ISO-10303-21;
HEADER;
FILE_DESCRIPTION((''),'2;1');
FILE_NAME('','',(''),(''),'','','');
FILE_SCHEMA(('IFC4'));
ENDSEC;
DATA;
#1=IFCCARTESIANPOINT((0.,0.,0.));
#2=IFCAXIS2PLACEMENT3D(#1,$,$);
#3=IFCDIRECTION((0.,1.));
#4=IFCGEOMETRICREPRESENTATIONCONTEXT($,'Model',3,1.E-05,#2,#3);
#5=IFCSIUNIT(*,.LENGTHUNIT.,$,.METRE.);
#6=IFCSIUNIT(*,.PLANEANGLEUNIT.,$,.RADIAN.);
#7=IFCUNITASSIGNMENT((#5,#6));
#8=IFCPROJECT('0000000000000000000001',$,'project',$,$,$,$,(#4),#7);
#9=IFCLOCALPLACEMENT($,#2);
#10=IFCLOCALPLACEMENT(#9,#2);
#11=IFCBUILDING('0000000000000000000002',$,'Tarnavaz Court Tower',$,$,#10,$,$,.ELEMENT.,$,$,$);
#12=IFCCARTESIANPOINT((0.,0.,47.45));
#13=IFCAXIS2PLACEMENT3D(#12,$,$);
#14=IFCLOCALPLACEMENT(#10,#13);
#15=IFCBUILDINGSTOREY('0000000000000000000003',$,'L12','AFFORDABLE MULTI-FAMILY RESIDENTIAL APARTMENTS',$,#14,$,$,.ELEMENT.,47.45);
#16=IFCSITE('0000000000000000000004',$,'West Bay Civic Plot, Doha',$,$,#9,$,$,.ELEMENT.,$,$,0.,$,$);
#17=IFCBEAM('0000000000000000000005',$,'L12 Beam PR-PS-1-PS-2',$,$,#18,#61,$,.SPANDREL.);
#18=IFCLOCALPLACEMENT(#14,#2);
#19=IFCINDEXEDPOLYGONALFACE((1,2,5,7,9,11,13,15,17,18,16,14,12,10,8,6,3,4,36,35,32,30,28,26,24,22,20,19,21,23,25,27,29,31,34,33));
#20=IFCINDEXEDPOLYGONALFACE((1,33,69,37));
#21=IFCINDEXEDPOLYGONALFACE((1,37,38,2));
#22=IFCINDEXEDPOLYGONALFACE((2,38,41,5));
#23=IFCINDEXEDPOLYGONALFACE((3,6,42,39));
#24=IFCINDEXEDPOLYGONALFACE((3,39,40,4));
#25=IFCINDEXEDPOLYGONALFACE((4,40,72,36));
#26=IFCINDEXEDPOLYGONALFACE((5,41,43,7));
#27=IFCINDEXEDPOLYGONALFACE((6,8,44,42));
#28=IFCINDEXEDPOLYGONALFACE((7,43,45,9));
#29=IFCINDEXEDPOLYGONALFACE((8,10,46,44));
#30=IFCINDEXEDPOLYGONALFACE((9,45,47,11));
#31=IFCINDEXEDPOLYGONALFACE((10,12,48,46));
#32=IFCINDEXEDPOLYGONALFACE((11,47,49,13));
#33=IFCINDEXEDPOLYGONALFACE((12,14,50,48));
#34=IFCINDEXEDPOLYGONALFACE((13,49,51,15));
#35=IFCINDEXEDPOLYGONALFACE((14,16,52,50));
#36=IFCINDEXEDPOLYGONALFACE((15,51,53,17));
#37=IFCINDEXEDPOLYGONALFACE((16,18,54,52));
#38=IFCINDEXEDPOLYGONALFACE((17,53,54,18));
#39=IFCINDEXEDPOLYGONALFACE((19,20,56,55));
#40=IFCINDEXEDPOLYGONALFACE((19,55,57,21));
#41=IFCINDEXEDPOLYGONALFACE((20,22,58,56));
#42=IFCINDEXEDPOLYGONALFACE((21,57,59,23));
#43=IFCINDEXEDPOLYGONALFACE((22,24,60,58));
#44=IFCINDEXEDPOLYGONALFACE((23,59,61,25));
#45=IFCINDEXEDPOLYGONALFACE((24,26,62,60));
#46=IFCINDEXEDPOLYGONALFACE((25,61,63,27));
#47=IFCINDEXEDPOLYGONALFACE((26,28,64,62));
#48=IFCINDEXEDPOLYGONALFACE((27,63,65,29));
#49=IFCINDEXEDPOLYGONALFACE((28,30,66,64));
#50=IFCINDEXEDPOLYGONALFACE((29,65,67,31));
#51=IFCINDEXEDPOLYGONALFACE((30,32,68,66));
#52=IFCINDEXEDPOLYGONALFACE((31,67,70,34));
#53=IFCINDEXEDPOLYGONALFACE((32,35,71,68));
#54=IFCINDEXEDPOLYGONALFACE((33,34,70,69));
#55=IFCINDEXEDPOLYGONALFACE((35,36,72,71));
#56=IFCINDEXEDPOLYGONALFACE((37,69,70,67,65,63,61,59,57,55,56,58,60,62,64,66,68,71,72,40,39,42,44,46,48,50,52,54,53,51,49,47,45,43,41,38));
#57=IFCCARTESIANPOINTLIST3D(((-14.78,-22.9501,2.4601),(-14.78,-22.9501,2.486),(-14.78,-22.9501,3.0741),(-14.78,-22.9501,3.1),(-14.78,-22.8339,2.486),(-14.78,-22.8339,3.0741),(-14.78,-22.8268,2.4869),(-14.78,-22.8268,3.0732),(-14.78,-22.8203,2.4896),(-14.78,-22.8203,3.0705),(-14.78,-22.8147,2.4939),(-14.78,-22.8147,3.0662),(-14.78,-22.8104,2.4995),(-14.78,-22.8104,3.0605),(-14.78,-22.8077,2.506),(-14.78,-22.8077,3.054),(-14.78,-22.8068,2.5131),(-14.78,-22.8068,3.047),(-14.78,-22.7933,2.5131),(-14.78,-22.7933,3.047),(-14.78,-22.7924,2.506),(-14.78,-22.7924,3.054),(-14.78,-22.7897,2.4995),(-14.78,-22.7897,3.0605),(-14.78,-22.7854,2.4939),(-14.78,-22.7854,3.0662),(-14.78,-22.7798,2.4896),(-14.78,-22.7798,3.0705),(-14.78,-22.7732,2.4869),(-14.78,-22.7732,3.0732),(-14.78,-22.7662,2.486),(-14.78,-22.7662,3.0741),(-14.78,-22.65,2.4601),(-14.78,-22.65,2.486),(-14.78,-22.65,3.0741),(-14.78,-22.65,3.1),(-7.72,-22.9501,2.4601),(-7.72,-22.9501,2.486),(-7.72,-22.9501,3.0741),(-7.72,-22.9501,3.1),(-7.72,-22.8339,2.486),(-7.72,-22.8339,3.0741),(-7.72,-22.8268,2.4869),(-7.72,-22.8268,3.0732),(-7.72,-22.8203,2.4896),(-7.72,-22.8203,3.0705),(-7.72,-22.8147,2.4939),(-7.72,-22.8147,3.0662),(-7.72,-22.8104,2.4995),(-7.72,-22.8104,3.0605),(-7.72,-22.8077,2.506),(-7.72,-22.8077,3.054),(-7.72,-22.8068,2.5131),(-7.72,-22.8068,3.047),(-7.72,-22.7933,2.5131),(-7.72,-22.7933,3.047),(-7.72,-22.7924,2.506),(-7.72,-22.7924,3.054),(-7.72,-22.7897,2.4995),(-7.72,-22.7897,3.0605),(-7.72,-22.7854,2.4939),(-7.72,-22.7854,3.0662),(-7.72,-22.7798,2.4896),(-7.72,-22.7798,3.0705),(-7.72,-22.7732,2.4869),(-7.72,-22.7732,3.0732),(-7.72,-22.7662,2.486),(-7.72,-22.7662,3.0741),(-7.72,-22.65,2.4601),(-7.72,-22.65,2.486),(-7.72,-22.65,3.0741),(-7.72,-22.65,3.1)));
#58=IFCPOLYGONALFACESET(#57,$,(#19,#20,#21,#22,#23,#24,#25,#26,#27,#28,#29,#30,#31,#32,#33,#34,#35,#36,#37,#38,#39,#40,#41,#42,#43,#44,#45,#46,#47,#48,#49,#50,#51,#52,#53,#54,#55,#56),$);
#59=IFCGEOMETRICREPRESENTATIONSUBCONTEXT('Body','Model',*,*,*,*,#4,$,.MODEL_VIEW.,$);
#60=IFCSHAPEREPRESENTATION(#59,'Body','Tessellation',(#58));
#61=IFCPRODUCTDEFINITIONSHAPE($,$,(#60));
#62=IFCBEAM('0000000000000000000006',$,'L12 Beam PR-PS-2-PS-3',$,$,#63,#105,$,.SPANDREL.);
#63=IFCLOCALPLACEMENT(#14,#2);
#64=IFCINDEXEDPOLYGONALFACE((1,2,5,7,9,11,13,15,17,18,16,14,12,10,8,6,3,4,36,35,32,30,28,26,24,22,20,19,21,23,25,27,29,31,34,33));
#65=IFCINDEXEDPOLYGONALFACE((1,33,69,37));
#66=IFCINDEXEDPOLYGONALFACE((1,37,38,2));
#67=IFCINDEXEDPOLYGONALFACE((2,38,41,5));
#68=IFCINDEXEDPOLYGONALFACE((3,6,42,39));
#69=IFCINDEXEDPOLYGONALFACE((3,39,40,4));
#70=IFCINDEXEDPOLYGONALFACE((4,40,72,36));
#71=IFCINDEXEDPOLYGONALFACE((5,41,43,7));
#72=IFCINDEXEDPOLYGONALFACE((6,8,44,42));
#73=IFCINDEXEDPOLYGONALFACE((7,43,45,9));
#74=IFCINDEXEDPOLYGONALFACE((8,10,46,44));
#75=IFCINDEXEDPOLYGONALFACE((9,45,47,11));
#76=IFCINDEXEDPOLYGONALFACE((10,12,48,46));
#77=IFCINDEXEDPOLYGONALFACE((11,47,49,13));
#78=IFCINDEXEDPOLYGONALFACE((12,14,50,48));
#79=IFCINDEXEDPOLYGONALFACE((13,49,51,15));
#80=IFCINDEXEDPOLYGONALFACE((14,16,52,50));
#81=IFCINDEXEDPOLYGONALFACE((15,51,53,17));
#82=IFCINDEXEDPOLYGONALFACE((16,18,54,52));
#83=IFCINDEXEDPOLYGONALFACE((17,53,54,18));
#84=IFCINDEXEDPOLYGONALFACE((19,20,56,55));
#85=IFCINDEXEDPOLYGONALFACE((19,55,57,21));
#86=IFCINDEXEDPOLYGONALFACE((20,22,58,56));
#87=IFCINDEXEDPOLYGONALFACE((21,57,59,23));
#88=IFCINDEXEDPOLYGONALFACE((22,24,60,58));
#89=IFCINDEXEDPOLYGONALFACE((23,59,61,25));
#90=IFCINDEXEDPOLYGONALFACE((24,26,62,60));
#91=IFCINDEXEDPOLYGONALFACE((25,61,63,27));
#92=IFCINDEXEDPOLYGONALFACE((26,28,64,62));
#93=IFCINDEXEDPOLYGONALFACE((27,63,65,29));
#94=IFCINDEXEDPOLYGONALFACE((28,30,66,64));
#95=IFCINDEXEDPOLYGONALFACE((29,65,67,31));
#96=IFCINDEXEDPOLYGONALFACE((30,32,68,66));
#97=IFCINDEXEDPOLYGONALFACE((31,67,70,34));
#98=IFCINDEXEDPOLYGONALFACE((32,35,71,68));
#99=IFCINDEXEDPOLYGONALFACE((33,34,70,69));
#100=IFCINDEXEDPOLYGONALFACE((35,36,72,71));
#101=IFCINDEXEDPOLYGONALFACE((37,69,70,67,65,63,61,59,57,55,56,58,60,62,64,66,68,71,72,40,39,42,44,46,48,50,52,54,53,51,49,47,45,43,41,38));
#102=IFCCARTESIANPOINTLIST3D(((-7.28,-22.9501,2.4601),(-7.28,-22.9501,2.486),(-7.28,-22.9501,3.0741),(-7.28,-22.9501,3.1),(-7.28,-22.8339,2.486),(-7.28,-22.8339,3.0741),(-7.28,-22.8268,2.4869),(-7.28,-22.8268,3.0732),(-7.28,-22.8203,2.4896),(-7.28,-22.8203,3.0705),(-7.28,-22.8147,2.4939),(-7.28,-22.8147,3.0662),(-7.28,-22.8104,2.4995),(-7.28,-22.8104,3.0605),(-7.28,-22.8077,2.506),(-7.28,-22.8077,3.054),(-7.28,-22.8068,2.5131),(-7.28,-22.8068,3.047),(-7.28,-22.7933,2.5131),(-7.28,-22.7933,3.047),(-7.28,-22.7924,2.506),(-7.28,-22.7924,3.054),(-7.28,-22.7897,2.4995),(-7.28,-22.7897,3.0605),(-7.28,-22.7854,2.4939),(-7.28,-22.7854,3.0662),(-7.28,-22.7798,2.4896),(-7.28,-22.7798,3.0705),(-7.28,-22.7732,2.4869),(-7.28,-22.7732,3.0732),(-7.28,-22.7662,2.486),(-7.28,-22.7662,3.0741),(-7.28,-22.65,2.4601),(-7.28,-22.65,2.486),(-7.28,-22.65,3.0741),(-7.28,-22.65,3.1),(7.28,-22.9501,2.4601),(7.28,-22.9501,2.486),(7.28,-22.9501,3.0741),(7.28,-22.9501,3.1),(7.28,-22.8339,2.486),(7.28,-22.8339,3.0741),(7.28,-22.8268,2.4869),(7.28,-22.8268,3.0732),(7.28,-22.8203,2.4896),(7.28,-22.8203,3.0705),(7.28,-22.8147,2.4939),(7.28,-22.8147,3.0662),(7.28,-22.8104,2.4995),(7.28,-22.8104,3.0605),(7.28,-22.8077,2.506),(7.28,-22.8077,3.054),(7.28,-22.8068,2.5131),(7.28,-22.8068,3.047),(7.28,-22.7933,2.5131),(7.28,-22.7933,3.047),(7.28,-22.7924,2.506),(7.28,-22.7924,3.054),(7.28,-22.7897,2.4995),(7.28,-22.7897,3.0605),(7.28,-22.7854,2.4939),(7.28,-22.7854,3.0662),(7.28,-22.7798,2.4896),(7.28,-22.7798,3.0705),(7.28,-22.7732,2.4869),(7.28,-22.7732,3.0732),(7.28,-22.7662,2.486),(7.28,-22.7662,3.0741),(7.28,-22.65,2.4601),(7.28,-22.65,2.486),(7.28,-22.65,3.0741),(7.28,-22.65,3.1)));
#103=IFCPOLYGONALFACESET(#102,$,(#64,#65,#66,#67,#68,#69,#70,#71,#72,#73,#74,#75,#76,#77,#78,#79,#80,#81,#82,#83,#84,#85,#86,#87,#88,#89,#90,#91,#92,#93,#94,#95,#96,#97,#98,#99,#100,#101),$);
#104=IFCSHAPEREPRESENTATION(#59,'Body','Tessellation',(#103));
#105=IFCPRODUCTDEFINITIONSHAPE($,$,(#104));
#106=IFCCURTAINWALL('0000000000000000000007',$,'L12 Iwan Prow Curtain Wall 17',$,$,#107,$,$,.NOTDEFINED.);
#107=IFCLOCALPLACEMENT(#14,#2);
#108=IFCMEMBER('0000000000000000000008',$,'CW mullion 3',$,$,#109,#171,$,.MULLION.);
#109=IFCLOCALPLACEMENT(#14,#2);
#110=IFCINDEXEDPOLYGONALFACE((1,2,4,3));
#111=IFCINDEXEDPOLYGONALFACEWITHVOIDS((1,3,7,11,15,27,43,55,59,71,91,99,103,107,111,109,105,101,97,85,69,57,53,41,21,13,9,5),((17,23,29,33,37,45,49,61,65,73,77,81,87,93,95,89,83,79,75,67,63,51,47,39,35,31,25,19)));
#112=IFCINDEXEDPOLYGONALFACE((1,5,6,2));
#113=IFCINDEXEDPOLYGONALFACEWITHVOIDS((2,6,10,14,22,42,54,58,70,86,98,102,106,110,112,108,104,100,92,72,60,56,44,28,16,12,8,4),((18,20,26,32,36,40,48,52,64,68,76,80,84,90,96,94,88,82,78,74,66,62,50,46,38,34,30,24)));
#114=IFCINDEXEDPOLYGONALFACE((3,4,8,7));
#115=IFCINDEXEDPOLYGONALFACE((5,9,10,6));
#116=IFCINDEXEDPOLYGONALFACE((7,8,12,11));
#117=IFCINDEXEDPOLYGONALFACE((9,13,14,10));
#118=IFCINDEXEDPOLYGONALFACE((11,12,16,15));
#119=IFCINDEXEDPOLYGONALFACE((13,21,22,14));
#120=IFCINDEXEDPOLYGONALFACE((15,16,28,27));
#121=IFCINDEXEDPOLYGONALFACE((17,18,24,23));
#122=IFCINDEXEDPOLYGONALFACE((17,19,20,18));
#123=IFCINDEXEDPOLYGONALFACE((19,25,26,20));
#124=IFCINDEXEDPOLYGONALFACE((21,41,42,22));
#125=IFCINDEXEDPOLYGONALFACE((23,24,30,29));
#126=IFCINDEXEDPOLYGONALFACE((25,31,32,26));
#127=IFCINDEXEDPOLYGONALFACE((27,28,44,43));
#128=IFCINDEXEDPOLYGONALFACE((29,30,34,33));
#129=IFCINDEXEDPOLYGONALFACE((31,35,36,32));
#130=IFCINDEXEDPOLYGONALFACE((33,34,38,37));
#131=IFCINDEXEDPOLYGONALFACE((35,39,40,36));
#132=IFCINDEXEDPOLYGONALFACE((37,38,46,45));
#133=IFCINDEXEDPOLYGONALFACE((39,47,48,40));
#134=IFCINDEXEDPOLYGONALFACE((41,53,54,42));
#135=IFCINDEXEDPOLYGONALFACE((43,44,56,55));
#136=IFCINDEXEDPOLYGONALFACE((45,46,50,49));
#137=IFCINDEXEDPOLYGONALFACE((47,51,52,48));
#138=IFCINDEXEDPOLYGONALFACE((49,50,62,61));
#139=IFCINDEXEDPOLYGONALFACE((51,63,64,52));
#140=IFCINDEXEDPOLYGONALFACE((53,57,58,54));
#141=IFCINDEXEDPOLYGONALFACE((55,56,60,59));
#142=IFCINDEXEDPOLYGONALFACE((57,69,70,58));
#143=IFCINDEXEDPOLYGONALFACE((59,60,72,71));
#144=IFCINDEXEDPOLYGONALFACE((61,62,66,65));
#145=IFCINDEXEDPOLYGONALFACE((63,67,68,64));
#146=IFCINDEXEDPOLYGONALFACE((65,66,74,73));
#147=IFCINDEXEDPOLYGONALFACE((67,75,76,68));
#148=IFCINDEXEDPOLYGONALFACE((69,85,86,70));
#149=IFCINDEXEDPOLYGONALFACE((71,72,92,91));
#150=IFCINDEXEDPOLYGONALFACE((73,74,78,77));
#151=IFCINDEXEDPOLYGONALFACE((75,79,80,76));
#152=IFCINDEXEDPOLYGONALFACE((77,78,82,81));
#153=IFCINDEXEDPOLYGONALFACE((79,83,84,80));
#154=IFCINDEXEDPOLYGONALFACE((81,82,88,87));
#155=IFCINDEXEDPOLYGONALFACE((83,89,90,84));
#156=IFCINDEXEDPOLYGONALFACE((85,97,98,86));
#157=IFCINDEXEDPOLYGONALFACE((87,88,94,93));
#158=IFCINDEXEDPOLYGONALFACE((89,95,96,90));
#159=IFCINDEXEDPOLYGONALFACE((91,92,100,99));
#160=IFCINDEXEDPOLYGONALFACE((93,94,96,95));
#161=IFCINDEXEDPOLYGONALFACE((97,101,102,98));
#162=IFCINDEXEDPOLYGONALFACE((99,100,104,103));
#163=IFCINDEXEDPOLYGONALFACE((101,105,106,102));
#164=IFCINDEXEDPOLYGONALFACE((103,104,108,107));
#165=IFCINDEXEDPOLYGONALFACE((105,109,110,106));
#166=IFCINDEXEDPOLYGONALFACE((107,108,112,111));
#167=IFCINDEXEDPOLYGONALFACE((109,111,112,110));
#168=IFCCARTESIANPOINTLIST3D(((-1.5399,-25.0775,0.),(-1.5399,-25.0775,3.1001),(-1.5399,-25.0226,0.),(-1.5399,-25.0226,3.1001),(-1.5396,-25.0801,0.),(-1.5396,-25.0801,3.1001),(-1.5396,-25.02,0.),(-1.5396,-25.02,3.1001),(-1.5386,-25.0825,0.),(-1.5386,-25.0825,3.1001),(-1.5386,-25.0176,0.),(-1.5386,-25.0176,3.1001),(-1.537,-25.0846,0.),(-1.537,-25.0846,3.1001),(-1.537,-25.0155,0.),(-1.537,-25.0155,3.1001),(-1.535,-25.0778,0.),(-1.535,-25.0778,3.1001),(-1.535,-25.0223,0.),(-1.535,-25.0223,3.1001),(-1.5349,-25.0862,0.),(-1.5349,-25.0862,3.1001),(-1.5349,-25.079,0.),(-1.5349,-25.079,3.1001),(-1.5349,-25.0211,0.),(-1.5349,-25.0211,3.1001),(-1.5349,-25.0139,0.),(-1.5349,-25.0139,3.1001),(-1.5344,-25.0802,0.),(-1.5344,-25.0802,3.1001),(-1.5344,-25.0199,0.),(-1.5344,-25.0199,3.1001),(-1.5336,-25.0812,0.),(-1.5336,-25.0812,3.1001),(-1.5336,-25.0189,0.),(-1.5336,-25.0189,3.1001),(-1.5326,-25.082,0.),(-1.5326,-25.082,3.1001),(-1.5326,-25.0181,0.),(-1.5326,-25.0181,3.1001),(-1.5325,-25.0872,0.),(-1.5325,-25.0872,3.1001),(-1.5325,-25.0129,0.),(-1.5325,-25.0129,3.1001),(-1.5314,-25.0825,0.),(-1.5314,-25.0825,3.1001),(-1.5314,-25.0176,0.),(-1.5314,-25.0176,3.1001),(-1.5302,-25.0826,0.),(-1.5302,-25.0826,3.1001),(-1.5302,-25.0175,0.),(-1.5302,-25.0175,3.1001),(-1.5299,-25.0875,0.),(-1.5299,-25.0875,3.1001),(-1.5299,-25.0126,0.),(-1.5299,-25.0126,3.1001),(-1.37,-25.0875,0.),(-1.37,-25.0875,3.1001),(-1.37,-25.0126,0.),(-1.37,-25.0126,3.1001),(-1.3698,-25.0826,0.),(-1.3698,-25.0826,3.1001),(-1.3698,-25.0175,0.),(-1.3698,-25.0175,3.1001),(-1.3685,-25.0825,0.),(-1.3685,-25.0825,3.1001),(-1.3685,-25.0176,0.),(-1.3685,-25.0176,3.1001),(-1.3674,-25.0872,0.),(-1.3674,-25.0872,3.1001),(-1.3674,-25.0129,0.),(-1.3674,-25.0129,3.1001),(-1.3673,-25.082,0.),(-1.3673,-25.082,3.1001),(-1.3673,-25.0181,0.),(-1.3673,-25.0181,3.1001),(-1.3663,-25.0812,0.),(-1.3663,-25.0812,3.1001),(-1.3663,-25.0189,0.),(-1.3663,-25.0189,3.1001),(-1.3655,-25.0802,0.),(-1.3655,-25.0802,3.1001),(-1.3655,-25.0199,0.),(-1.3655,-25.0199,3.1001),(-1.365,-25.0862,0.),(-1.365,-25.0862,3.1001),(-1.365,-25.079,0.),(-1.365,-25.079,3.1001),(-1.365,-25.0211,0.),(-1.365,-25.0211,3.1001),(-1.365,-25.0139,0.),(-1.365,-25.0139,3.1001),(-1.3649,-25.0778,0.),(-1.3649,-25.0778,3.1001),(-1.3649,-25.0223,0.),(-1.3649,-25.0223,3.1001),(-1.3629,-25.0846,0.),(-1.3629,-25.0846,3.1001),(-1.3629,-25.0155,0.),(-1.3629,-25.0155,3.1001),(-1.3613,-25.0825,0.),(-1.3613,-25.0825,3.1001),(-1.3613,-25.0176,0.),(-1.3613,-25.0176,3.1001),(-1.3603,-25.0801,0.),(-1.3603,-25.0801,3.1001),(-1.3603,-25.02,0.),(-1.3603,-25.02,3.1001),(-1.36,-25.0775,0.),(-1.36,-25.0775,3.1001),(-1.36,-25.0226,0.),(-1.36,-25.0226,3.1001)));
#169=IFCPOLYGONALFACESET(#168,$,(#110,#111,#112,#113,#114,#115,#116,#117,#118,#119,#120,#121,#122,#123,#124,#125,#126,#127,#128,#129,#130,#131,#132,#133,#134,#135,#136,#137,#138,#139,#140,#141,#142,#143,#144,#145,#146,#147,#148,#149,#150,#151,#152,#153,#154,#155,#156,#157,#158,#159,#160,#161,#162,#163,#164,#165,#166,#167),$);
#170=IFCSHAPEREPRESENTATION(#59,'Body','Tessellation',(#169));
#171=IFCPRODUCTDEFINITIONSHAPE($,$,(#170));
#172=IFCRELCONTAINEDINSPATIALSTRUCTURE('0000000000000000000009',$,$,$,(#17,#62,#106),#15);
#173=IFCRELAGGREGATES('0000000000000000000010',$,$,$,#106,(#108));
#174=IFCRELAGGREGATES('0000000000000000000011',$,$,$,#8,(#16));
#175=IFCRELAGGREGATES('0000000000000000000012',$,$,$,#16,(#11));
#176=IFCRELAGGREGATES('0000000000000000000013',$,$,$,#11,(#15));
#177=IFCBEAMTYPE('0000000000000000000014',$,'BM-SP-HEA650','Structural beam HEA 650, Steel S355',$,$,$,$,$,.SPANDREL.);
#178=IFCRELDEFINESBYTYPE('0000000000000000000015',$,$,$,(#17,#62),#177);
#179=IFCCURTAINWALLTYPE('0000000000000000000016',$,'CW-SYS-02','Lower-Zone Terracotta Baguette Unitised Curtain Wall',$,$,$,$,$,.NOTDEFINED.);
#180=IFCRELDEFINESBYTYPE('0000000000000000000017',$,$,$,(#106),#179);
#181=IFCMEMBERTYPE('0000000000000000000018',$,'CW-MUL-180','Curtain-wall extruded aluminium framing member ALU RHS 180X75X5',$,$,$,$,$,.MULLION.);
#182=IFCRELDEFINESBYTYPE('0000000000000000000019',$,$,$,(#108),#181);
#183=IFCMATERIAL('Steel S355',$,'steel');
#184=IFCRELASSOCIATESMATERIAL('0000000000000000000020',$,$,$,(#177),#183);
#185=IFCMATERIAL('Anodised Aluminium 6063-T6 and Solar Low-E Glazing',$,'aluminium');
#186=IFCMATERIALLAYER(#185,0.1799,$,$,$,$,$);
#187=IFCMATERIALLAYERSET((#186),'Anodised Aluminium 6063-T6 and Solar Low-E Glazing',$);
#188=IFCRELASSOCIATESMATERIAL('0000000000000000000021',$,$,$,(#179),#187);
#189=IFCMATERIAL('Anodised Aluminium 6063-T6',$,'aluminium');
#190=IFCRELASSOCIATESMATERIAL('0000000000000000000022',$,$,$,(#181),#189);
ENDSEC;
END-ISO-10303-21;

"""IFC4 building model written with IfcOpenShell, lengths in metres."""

from ifc_helpers import new_model, si_unit, direction, frame, origin, origin_2d, place, context, subcontext, project, spatial, hollow_rectangle, i_section, extrude, material, layer, layer_set, material_profile, profile_set, type_object, element, aggregate, save


model = new_model("IFC4")

# Units and contexts
model_context = context("Model", 3, precision=1e-05, world=origin(), true_north=direction((0.0, 1.0)))
body_context = subcontext(model_context, "Body", "Model", "MODEL_VIEW")
ifc_project = project(units=[si_unit("LENGTHUNIT", "METRE"), si_unit("PLANEANGLEUNIT", "RADIAN")], contexts=[model_context])

# Site, building, storey
site_placement = place(None, origin())
site = spatial("IfcSite", under=ifc_project, at=site_placement, Name="West Bay Civic Plot, Doha", CompositionType="ELEMENT", RefElevation=0.0)
building_placement = place(site_placement, origin())
building = spatial("IfcBuilding", under=site, at=building_placement, Name="Tarnavaz Court Tower", CompositionType="ELEMENT")
storey_placement = place(building_placement, frame((0.0, 0.0, 47.45)))
storey = spatial("IfcBuildingStorey", under=building, at=storey_placement, Name="L12", Description="AFFORDABLE MULTI-FAMILY RESIDENTIAL APARTMENTS", CompositionType="ELEMENT", Elevation=47.45)

# Beams
ifc_material_1 = material(Name="Steel S355", Category="steel")
ifc_material_profile_1 = material_profile(ifc_material_1, i_section(OverallWidth=0.3, OverallDepth=0.6399, WebThickness=0.0134, FlangeThickness=0.0259, FilletRadius=0.0271, at=origin_2d()), Name="HEA 650")
ifc_profile_set_1 = profile_set([ifc_material_profile_1], Name="Steel S355")
beam_type_1 = type_object("IfcBeamType", Name="BM-SP-HEA650", Description="Structural beam HEA 650, Steel S355", PredefinedType="SPANDREL", material=ifc_profile_set_1)
beam_1_placement = place(storey_placement, frame((-14.78, -22.8, 2.78), z_axis=(1.0, 0.0, 0.0), x_axis=(0.0, 1.0, 0.0)))
element("IfcBeam", 1, at=beam_1_placement, inside=storey, type_object=beam_type_1, Name="L12 Beam PR-PS-1-PS-2", PredefinedType="SPANDREL", context=body_context, shape_type="SweptSolid", body=[
    extrude(i_section(OverallWidth=0.3, OverallDepth=0.6399, WebThickness=0.0134, FlangeThickness=0.0259, FilletRadius=0.0271, at=origin_2d()), origin(), (0.0, 0.0, 1.0), 7.0601),
])
beam_2_placement = place(storey_placement, frame((-7.28, -22.8, 2.78), z_axis=(1.0, 0.0, 0.0), x_axis=(0.0, 1.0, 0.0)))
element("IfcBeam", 2, at=beam_2_placement, inside=storey, type_object=beam_type_1, Name="L12 Beam PR-PS-2-PS-3", PredefinedType="SPANDREL", context=body_context, shape_type="SweptSolid", body=[
    extrude(i_section(OverallWidth=0.3, OverallDepth=0.6399, WebThickness=0.0134, FlangeThickness=0.0259, FilletRadius=0.0271, at=origin_2d()), origin(), (0.0, 0.0, 1.0), 14.5601),
])

# Curtain wall, member
ifc_material_2 = material(Name="Anodised Aluminium 6063-T6 and Solar Low-E Glazing", Category="aluminium")
ifc_layer_1 = layer(ifc_material_2, 0.1799)
ifc_layer_set_1 = layer_set([ifc_layer_1], Name="Anodised Aluminium 6063-T6 and Solar Low-E Glazing")
curtain_wall_type = type_object("IfcCurtainWallType", Name="CW-SYS-02", Description="Lower-Zone Terracotta Baguette Unitised Curtain Wall", PredefinedType="NOTDEFINED", material=ifc_layer_set_1)
curtain_wall_placement = place(storey_placement, origin())
curtain_wall = element("IfcCurtainWall", 3, at=curtain_wall_placement, inside=storey, type_object=curtain_wall_type, Name="L12 Iwan Prow Curtain Wall 17", PredefinedType="NOTDEFINED")
ifc_material_3 = material(Name="Anodised Aluminium 6063-T6", Category="aluminium")
ifc_material_profile_2 = material_profile(ifc_material_3, hollow_rectangle(XDim=0.075, YDim=0.1799, WallThickness=0.0049, InnerFilletRadius=0.0049, OuterFilletRadius=0.01, at=origin_2d()), Name="ALU RHS 180X75X5")
ifc_profile_set_2 = profile_set([ifc_material_profile_2], Name="Anodised Aluminium 6063-T6")
member_type_1 = type_object("IfcMemberType", Name="CW-MUL-180", Description="Curtain-wall extruded aluminium framing member ALU RHS 180X75X5", PredefinedType="MULLION", material=ifc_profile_set_2)
member_1_placement = place(storey_placement, frame((-1.45, -25.05, 0.0), z_axis=(0.0, 0.0, 1.0), x_axis=(0.0, -1.0, 0.0)))
member_1 = element("IfcMember", 4, at=member_1_placement, type_object=member_type_1, Name="CW mullion 3", PredefinedType="MULLION", context=body_context, shape_type="SweptSolid", body=[
    extrude(hollow_rectangle(XDim=0.075, YDim=0.1799, WallThickness=0.0049, InnerFilletRadius=0.0049, OuterFilletRadius=0.01, at=origin_2d()), origin(), (0.0, 0.0, 1.0), 3.1001),
])
aggregate(curtain_wall, [member_1])

save(model, "model.ifc")
